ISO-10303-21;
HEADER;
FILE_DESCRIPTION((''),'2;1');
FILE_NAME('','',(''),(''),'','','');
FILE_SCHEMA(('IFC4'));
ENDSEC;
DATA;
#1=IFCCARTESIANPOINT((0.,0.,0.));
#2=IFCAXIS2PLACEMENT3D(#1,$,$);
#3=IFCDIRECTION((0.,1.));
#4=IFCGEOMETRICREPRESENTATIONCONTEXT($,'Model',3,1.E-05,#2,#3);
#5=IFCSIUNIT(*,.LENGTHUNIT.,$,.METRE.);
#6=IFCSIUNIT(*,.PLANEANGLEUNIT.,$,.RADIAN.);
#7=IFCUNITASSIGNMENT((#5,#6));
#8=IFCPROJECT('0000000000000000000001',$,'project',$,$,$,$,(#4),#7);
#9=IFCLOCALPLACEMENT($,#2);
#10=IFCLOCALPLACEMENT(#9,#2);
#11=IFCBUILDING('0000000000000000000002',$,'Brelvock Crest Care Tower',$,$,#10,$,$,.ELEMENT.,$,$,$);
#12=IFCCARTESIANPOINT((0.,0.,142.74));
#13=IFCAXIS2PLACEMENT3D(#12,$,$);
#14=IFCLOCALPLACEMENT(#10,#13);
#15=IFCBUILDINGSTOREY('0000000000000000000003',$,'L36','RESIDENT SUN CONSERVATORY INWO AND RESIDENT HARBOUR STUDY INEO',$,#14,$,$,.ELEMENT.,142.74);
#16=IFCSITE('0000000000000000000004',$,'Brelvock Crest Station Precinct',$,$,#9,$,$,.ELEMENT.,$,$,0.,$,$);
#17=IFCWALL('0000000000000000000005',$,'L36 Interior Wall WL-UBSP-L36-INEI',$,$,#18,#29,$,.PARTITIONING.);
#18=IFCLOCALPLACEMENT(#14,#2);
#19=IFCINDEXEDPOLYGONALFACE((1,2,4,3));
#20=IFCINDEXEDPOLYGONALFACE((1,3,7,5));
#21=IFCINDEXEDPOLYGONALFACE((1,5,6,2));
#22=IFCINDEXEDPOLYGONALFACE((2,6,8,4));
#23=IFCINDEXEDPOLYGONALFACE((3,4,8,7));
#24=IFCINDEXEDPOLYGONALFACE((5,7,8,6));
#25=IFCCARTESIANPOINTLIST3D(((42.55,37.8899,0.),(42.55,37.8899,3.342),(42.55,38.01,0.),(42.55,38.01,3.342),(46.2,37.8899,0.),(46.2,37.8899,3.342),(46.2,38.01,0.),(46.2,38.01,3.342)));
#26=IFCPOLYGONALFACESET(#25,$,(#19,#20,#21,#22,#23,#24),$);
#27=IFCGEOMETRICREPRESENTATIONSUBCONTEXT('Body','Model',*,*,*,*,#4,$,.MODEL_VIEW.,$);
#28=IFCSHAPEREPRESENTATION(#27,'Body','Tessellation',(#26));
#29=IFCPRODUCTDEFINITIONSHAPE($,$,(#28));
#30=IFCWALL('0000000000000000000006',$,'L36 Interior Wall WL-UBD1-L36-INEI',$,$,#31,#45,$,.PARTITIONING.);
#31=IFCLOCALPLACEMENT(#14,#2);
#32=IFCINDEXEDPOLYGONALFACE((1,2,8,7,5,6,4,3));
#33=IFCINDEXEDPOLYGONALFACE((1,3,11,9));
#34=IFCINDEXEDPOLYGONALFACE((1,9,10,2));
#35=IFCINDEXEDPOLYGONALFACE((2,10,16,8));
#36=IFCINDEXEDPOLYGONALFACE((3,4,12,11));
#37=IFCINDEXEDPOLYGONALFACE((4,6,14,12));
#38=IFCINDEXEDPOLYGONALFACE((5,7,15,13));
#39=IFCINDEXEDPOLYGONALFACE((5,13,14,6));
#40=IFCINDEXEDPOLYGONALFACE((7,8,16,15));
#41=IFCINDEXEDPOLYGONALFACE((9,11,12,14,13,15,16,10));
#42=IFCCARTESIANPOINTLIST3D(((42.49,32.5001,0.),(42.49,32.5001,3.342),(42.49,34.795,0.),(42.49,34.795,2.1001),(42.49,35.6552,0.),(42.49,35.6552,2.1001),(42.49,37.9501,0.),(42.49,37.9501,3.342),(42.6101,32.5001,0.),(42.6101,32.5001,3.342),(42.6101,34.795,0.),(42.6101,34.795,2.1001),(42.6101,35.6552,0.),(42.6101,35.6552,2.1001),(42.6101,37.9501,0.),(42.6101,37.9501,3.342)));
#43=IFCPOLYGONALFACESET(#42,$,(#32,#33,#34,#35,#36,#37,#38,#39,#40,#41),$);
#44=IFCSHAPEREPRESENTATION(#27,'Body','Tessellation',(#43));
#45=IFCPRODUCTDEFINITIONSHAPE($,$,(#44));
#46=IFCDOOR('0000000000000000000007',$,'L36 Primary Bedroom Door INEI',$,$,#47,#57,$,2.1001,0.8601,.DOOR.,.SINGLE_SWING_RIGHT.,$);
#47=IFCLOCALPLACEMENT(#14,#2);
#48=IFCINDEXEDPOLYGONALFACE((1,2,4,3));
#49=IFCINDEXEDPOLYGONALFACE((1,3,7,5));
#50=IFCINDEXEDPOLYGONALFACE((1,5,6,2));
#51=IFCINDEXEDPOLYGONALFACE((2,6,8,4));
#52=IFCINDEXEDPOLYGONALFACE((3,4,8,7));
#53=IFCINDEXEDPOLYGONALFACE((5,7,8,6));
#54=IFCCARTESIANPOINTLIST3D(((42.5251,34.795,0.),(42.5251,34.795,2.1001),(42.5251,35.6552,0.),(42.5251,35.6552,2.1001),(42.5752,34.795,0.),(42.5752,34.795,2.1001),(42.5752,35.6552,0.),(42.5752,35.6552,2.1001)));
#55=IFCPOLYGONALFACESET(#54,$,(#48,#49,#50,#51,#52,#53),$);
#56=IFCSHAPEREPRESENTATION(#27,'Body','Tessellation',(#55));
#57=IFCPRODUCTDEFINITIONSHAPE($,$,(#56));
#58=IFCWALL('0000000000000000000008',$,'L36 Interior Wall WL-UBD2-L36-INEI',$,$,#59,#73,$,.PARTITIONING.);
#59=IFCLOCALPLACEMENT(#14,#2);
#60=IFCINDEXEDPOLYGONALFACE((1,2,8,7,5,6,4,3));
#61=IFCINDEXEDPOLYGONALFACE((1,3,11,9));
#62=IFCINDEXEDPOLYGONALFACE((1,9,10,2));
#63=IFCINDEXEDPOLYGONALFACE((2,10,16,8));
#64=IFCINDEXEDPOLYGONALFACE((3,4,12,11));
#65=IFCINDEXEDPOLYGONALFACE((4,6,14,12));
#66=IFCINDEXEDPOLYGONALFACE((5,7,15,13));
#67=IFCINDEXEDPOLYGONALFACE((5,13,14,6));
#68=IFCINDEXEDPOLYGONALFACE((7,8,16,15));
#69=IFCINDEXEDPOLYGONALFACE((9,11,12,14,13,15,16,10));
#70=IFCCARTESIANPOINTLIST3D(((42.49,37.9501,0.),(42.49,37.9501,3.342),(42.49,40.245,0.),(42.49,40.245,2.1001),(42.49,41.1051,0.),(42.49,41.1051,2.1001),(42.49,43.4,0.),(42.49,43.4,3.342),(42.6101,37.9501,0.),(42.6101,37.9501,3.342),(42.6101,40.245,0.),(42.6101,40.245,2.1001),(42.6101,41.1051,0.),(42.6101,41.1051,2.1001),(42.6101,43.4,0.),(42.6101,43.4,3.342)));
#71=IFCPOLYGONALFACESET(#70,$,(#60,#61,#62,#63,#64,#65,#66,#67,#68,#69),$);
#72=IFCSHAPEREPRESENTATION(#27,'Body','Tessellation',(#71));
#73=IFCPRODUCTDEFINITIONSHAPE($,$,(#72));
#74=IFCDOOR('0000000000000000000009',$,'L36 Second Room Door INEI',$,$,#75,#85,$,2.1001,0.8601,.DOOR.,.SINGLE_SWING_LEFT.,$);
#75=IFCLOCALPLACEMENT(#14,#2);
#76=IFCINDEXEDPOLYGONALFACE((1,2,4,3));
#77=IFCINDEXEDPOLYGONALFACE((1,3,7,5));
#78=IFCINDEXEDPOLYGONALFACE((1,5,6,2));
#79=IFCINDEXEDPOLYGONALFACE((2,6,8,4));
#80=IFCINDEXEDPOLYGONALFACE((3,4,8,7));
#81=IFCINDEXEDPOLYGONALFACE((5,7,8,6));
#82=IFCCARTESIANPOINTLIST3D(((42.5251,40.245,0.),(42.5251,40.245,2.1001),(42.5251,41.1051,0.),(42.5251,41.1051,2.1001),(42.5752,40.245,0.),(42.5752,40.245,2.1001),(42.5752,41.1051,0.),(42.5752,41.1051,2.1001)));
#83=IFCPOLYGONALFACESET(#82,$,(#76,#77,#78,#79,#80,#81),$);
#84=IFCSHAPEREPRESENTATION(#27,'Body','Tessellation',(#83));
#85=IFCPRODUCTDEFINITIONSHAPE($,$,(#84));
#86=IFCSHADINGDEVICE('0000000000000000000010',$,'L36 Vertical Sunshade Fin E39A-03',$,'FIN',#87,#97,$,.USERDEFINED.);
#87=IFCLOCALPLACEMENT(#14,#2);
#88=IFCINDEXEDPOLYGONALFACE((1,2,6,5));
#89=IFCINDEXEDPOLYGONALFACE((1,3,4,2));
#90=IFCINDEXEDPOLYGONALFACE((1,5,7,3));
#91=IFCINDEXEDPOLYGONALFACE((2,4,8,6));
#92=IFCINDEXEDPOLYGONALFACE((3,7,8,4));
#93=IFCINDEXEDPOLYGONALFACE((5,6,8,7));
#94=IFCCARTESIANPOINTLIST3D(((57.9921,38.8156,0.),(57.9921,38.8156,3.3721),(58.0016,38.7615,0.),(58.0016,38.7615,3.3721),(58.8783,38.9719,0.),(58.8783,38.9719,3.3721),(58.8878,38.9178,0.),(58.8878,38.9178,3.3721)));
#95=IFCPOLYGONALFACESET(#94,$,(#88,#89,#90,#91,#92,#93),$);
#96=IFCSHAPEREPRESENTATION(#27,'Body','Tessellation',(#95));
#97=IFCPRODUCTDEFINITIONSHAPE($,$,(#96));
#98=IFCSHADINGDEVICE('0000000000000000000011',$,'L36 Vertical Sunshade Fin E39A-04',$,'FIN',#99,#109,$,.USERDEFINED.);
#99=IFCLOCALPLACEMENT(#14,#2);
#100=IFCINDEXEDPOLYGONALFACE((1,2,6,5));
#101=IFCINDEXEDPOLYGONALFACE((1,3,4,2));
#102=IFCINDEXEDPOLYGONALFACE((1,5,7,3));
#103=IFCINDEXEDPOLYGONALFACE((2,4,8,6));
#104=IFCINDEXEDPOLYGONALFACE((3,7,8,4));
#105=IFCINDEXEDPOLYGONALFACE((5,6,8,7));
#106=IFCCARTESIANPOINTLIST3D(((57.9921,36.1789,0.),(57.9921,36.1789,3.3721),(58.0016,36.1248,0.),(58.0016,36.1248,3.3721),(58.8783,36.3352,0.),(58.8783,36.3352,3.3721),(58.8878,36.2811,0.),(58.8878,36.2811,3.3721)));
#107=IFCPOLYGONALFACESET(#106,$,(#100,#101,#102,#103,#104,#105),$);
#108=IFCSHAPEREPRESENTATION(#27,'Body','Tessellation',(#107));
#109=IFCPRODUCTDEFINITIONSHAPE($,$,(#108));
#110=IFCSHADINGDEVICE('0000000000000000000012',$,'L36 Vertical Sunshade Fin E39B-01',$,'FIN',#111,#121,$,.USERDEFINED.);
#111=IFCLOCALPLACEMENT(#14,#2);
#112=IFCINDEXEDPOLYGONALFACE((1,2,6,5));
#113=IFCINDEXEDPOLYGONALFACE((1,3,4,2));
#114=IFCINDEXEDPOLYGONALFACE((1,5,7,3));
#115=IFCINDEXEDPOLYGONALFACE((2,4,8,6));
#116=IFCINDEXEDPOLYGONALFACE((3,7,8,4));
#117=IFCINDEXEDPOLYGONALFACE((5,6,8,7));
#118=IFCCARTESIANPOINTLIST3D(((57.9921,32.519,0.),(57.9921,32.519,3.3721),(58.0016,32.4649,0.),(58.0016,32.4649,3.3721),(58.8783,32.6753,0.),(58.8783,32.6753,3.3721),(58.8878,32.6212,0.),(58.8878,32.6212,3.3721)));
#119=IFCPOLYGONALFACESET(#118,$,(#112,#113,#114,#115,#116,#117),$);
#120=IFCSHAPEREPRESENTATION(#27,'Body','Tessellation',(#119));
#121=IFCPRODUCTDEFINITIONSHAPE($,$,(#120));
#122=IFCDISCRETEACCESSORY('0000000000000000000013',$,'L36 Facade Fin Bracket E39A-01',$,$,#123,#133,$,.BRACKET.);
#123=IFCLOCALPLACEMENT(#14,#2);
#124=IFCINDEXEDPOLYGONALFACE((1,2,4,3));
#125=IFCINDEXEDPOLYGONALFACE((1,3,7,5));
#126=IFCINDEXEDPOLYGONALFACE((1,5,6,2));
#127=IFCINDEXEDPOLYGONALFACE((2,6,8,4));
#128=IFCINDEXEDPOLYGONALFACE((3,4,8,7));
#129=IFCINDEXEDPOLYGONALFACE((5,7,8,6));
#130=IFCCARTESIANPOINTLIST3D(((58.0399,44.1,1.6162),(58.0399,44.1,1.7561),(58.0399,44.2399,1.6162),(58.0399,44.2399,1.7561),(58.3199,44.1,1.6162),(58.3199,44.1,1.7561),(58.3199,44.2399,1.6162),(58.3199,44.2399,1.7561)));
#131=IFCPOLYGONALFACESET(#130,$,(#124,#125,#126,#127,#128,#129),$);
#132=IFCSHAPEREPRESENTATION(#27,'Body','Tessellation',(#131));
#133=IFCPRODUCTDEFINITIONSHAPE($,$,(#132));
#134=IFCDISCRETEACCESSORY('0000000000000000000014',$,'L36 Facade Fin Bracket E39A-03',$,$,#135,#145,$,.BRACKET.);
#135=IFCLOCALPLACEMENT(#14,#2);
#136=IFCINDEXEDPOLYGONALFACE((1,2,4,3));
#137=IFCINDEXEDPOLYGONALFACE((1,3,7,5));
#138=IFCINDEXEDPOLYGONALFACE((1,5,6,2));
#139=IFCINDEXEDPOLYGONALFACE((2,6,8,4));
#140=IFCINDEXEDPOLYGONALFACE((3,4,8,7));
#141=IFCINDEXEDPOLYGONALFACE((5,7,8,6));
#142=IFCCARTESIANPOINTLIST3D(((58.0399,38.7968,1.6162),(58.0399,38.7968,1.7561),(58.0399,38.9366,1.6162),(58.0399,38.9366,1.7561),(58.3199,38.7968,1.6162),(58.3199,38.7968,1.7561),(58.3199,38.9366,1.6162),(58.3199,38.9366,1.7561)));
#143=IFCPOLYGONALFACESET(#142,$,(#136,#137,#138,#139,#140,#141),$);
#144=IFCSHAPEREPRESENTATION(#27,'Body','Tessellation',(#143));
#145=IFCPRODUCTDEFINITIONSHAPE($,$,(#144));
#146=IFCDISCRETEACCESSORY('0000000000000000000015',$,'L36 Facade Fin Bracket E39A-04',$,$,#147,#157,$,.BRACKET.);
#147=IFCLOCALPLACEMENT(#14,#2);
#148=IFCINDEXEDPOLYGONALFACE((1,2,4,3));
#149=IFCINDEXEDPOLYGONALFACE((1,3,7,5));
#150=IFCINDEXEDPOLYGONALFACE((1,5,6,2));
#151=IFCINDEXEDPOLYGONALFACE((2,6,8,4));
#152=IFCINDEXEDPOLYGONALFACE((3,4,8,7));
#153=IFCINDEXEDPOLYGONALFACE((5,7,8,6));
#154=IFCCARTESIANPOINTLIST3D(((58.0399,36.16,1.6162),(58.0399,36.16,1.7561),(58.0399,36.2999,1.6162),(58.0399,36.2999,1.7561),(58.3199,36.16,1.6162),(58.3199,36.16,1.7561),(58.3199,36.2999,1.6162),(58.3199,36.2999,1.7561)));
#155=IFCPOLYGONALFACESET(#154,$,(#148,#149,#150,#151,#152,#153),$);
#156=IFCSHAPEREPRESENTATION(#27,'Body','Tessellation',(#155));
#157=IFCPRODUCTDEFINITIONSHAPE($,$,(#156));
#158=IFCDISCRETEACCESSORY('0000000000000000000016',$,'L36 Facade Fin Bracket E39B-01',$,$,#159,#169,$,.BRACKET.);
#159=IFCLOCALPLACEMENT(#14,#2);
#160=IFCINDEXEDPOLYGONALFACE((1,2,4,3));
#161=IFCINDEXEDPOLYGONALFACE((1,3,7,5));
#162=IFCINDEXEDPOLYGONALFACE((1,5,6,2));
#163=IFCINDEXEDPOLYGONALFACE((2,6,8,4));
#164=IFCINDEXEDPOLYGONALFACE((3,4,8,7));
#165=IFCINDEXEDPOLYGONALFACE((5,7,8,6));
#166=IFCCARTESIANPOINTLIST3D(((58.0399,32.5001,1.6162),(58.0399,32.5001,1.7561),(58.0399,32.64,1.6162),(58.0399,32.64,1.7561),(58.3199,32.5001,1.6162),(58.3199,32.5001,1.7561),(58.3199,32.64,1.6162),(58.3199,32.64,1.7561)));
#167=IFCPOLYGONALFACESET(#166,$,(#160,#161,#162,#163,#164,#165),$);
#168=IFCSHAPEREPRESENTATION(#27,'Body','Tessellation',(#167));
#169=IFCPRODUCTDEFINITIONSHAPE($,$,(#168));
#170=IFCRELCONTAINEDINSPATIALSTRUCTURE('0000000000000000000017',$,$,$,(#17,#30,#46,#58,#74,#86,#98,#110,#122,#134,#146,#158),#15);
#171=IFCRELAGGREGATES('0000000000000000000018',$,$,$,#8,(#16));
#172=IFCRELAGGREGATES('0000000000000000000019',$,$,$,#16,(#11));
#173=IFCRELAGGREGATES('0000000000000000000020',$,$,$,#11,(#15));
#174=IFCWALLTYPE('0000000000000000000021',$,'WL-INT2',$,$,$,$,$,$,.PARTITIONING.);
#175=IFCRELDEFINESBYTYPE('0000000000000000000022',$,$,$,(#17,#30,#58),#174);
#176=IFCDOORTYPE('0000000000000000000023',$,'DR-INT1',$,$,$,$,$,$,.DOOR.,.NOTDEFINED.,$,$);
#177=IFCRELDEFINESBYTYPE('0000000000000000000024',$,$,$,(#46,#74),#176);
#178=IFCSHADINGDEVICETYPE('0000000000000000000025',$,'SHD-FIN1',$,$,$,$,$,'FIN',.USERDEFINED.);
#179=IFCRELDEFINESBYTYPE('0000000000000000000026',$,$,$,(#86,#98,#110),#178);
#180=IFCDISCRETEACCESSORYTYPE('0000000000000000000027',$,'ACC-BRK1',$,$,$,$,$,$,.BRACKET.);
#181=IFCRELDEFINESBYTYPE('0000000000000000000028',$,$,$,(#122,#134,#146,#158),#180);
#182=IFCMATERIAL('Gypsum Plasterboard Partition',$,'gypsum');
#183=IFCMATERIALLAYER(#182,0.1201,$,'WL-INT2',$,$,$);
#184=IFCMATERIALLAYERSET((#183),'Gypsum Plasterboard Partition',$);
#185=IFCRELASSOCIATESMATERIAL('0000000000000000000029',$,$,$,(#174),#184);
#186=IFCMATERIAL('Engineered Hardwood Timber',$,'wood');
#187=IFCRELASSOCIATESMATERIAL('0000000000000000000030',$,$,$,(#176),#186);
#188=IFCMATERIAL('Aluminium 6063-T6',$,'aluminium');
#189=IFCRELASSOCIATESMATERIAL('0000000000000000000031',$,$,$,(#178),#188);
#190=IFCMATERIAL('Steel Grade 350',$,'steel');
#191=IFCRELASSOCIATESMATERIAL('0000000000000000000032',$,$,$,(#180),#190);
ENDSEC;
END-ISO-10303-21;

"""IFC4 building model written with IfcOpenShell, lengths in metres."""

from ifc_helpers import new_model, si_unit, direction, frame, frame_2d, origin, origin_2d, place, context, subcontext, project, spatial, rectangle, extrude, source, transform, mapped, material, layer, layer_set, material_profile, profile_set, type_object, element, fill, save


model = new_model("IFC4")

# Units and contexts
model_context = context("Model", 3, precision=1e-05, world=origin(), true_north=direction((0.0, 1.0)))
body_context = subcontext(model_context, "Body", "Model", "MODEL_VIEW")
ifc_project = project(units=[si_unit("LENGTHUNIT", "METRE"), si_unit("PLANEANGLEUNIT", "RADIAN")], contexts=[model_context])

# Site, building, storey
site_placement = place(None, origin())
site = spatial("IfcSite", under=ifc_project, at=site_placement, Name="Brelvock Crest Station Precinct", CompositionType="ELEMENT", RefElevation=0.0)
building_placement = place(site_placement, origin())
building = spatial("IfcBuilding", under=site, at=building_placement, Name="Brelvock Crest Care Tower", CompositionType="ELEMENT")
storey_placement = place(building_placement, frame((0.0, 0.0, 142.74)))
storey = spatial("IfcBuildingStorey", under=building, at=storey_placement, Name="L36", Description="RESIDENT SUN CONSERVATORY INWO AND RESIDENT HARBOUR STUDY INEO", CompositionType="ELEMENT", Elevation=142.74)

# Shared definitions
ifc_material_1 = material(Name="Steel Grade 350", Category="steel")

# Shared definitions
ifc_material_2 = material(Name="Aluminium 6063-T6", Category="aluminium")

# Shared definitions
ifc_material_3 = material(Name="Engineered Hardwood Timber", Category="wood")

# Wall
ifc_material_4 = material(Name="Gypsum Plasterboard Partition", Category="gypsum")
ifc_layer_1 = layer(ifc_material_4, 0.1201, Name="WL-INT2")
ifc_layer_set_1 = layer_set([ifc_layer_1], Name="Gypsum Plasterboard Partition")
wall_type_1 = type_object("IfcWallType", Name="WL-INT2", PredefinedType="PARTITIONING", material=ifc_layer_set_1)
wall_1_placement = place(storey_placement, frame((42.55, 37.95, 0.0), z_axis=(0.0, 0.0, 1.0), x_axis=(1.0, 0.0, 0.0)))
element("IfcWall", 1, at=wall_1_placement, inside=storey, type_object=wall_type_1, Name="L36 Interior Wall WL-UBSP-L36-INEI", PredefinedType="PARTITIONING", context=body_context, shape_type="SweptSolid", body=[
    extrude(rectangle(XDim=3.6499, YDim=0.1201, at=frame_2d((1.825, 0.0))), origin(), (0.0, 0.0, 1.0), 3.342),
])

# Walls, openings, doors
wall_2_placement = place(storey_placement, frame((42.55, 32.5, 0.0), z_axis=(0.0, 0.0, 1.0), x_axis=(0.0, 1.0, 0.0)))
wall_2 = element("IfcWall", 2, at=wall_2_placement, inside=storey, type_object=wall_type_1, Name="L36 Interior Wall WL-UBD1-L36-INEI", PredefinedType="PARTITIONING", context=body_context, shape_type="SweptSolid", body=[
    extrude(rectangle(XDim=5.45, YDim=0.1201, at=frame_2d((2.7251, 0.0))), origin(), (0.0, 0.0, 1.0), 3.342),
])
opening_1_placement = place(wall_2_placement, frame((2.2949, 0.0, 0.0)))
opening_1 = element("IfcOpeningElement", 3, at=opening_1_placement, cuts=wall_2, PredefinedType="OPENING", context=body_context, shape_type="SweptSolid", body=[
    extrude(rectangle(XDim=0.8601, YDim=2.1001, at=origin_2d()), frame((0.4302, 0.0701, 1.05), z_axis=(0.0, -1.0, 0.0), x_axis=(1.0, 0.0, 0.0)), (0.0, 0.0, 1.0), 0.1401),
])
door_type_1 = type_object("IfcDoorType", Name="DR-INT1", OperationType="NOTDEFINED", PredefinedType="DOOR", material=ifc_material_3)
shared_shape_1 = source(origin(), body_context, "Body", "SweptSolid", [
    extrude(rectangle(XDim=0.8601, YDim=2.1001, at=origin_2d()), frame((0.4302, 0.0249, 1.05), z_axis=(0.0, -1.0, 0.0), x_axis=(1.0, 0.0, 0.0)), (0.0, 0.0, 1.0), 0.05),
])
door_1_placement = place(opening_1_placement, origin())
door_1 = element("IfcDoor", 4, at=door_1_placement, inside=storey, type_object=door_type_1, Name="L36 Primary Bedroom Door INEI", OperationType="SINGLE_SWING_RIGHT", OverallHeight=2.1001, OverallWidth=0.8601, PredefinedType="DOOR", context=body_context, shape_type="MappedRepresentation", body=[
    mapped(shared_shape_1, transform((0.0, 0.0, 0.0), x_axis=(1.0, 0.0, 0.0), y_axis=(0.0, 1.0, 0.0), z_axis=(0.0, 0.0, 1.0), scale=1.0)),
])
fill(opening_1, door_1)
wall_3_placement = place(storey_placement, frame((42.55, 37.95, 0.0), z_axis=(0.0, 0.0, 1.0), x_axis=(0.0, 1.0, 0.0)))
wall_3 = element("IfcWall", 5, at=wall_3_placement, inside=storey, type_object=wall_type_1, Name="L36 Interior Wall WL-UBD2-L36-INEI", PredefinedType="PARTITIONING", context=body_context, shape_type="SweptSolid", body=[
    extrude(rectangle(XDim=5.45, YDim=0.1201, at=frame_2d((2.7251, 0.0))), origin(), (0.0, 0.0, 1.0), 3.342),
])
opening_2_placement = place(wall_3_placement, frame((2.2949, 0.0, 0.0)))
opening_2 = element("IfcOpeningElement", 6, at=opening_2_placement, cuts=wall_3, PredefinedType="OPENING", context=body_context, shape_type="SweptSolid", body=[
    extrude(rectangle(XDim=0.8601, YDim=2.1001, at=origin_2d()), frame((0.4302, 0.0701, 1.05), z_axis=(0.0, -1.0, 0.0), x_axis=(1.0, 0.0, 0.0)), (0.0, 0.0, 1.0), 0.1401),
])
door_2_placement = place(opening_2_placement, origin())
door_2 = element("IfcDoor", 7, at=door_2_placement, inside=storey, type_object=door_type_1, Name="L36 Second Room Door INEI", OperationType="SINGLE_SWING_LEFT", OverallHeight=2.1001, OverallWidth=0.8601, PredefinedType="DOOR", context=body_context, shape_type="MappedRepresentation", body=[
    mapped(shared_shape_1, transform((0.0, 0.0, 0.0), x_axis=(1.0, 0.0, 0.0), y_axis=(0.0, 1.0, 0.0), z_axis=(0.0, 0.0, 1.0), scale=1.0)),
])
fill(opening_2, door_2)

# Shading devices
ifc_material_profile_1 = material_profile(ifc_material_2, rectangle(XDim=0.0549, YDim=0.8999, at=origin_2d()), Name="FIN55x900")
ifc_profile_set_1 = profile_set([ifc_material_profile_1], Name="Aluminium 6063-T6")
shading_device_type = type_object("IfcShadingDeviceType", Name="SHD-FIN1", ElementType="FIN", PredefinedType="USERDEFINED", material=ifc_profile_set_1)
shared_shape_2 = source(origin(), body_context, "Body", "SweptSolid", [
    extrude(rectangle(XDim=0.0549, YDim=0.8999, at=origin_2d()), origin(), (0.0, 0.0, 1.0), 3.3721),
])
for number, where, z_axis, x_axis, name in (
    (8, (58.4399, 38.8667, 0.0), (0.0, 0.0, 1.0), (0.173648, -0.984808, 0.0), "L36 Vertical Sunshade Fin E39A-03"),
    (9, (58.4399, 36.23, 0.0), (0.0, 0.0, 1.0), (0.173648, -0.984808, 0.0), "L36 Vertical Sunshade Fin E39A-04"),
    (10, (58.4399, 32.5701, 0.0), (0.0, 0.0, 1.0), (0.173648, -0.984808, 0.0), "L36 Vertical Sunshade Fin E39B-01"),
):
    element("IfcShadingDevice", number, at=place(storey_placement, frame(where, z_axis=z_axis, x_axis=x_axis)), inside=storey, type_object=shading_device_type, Name=name, ObjectType="FIN", PredefinedType="USERDEFINED", context=body_context, shape_type="MappedRepresentation", body=[
        mapped(shared_shape_2, transform((0.0, 0.0, 0.0), x_axis=(1.0, 0.0, 0.0), y_axis=(0.0, 1.0, 0.0), z_axis=(0.0, 0.0, 1.0), scale=1.0)),
    ])

# Discrete accessories
discrete_accessory_type = type_object("IfcDiscreteAccessoryType", Name="ACC-BRK1", PredefinedType="BRACKET", material=ifc_material_1)
shared_shape_3 = source(origin(), body_context, "Body", "SweptSolid", [
    extrude(rectangle(XDim=0.28, YDim=0.1399, at=origin_2d()), origin(), (0.0, 0.0, 1.0), 0.1399),
])
for number, where, z_axis, x_axis, name in (
    (11, (58.1799, 44.1699, 1.6162), (0.0, 0.0, 1.0), (1.0, 0.0, 0.0), "L36 Facade Fin Bracket E39A-01"),
    (12, (58.1799, 38.8667, 1.6162), (0.0, 0.0, 1.0), (1.0, 0.0, 0.0), "L36 Facade Fin Bracket E39A-03"),
    (13, (58.1799, 36.23, 1.6162), (0.0, 0.0, 1.0), (1.0, 0.0, 0.0), "L36 Facade Fin Bracket E39A-04"),
    (14, (58.1799, 32.5701, 1.6162), (0.0, 0.0, 1.0), (1.0, 0.0, 0.0), "L36 Facade Fin Bracket E39B-01"),
):
    element("IfcDiscreteAccessory", number, at=place(storey_placement, frame(where, z_axis=z_axis, x_axis=x_axis)), inside=storey, type_object=discrete_accessory_type, Name=name, PredefinedType="BRACKET", context=body_context, shape_type="MappedRepresentation", body=[
        mapped(shared_shape_3, transform((0.0, 0.0, 0.0), x_axis=(1.0, 0.0, 0.0), y_axis=(0.0, 1.0, 0.0), z_axis=(0.0, 0.0, 1.0), scale=1.0)),
    ])

save(model, "model.ifc")
